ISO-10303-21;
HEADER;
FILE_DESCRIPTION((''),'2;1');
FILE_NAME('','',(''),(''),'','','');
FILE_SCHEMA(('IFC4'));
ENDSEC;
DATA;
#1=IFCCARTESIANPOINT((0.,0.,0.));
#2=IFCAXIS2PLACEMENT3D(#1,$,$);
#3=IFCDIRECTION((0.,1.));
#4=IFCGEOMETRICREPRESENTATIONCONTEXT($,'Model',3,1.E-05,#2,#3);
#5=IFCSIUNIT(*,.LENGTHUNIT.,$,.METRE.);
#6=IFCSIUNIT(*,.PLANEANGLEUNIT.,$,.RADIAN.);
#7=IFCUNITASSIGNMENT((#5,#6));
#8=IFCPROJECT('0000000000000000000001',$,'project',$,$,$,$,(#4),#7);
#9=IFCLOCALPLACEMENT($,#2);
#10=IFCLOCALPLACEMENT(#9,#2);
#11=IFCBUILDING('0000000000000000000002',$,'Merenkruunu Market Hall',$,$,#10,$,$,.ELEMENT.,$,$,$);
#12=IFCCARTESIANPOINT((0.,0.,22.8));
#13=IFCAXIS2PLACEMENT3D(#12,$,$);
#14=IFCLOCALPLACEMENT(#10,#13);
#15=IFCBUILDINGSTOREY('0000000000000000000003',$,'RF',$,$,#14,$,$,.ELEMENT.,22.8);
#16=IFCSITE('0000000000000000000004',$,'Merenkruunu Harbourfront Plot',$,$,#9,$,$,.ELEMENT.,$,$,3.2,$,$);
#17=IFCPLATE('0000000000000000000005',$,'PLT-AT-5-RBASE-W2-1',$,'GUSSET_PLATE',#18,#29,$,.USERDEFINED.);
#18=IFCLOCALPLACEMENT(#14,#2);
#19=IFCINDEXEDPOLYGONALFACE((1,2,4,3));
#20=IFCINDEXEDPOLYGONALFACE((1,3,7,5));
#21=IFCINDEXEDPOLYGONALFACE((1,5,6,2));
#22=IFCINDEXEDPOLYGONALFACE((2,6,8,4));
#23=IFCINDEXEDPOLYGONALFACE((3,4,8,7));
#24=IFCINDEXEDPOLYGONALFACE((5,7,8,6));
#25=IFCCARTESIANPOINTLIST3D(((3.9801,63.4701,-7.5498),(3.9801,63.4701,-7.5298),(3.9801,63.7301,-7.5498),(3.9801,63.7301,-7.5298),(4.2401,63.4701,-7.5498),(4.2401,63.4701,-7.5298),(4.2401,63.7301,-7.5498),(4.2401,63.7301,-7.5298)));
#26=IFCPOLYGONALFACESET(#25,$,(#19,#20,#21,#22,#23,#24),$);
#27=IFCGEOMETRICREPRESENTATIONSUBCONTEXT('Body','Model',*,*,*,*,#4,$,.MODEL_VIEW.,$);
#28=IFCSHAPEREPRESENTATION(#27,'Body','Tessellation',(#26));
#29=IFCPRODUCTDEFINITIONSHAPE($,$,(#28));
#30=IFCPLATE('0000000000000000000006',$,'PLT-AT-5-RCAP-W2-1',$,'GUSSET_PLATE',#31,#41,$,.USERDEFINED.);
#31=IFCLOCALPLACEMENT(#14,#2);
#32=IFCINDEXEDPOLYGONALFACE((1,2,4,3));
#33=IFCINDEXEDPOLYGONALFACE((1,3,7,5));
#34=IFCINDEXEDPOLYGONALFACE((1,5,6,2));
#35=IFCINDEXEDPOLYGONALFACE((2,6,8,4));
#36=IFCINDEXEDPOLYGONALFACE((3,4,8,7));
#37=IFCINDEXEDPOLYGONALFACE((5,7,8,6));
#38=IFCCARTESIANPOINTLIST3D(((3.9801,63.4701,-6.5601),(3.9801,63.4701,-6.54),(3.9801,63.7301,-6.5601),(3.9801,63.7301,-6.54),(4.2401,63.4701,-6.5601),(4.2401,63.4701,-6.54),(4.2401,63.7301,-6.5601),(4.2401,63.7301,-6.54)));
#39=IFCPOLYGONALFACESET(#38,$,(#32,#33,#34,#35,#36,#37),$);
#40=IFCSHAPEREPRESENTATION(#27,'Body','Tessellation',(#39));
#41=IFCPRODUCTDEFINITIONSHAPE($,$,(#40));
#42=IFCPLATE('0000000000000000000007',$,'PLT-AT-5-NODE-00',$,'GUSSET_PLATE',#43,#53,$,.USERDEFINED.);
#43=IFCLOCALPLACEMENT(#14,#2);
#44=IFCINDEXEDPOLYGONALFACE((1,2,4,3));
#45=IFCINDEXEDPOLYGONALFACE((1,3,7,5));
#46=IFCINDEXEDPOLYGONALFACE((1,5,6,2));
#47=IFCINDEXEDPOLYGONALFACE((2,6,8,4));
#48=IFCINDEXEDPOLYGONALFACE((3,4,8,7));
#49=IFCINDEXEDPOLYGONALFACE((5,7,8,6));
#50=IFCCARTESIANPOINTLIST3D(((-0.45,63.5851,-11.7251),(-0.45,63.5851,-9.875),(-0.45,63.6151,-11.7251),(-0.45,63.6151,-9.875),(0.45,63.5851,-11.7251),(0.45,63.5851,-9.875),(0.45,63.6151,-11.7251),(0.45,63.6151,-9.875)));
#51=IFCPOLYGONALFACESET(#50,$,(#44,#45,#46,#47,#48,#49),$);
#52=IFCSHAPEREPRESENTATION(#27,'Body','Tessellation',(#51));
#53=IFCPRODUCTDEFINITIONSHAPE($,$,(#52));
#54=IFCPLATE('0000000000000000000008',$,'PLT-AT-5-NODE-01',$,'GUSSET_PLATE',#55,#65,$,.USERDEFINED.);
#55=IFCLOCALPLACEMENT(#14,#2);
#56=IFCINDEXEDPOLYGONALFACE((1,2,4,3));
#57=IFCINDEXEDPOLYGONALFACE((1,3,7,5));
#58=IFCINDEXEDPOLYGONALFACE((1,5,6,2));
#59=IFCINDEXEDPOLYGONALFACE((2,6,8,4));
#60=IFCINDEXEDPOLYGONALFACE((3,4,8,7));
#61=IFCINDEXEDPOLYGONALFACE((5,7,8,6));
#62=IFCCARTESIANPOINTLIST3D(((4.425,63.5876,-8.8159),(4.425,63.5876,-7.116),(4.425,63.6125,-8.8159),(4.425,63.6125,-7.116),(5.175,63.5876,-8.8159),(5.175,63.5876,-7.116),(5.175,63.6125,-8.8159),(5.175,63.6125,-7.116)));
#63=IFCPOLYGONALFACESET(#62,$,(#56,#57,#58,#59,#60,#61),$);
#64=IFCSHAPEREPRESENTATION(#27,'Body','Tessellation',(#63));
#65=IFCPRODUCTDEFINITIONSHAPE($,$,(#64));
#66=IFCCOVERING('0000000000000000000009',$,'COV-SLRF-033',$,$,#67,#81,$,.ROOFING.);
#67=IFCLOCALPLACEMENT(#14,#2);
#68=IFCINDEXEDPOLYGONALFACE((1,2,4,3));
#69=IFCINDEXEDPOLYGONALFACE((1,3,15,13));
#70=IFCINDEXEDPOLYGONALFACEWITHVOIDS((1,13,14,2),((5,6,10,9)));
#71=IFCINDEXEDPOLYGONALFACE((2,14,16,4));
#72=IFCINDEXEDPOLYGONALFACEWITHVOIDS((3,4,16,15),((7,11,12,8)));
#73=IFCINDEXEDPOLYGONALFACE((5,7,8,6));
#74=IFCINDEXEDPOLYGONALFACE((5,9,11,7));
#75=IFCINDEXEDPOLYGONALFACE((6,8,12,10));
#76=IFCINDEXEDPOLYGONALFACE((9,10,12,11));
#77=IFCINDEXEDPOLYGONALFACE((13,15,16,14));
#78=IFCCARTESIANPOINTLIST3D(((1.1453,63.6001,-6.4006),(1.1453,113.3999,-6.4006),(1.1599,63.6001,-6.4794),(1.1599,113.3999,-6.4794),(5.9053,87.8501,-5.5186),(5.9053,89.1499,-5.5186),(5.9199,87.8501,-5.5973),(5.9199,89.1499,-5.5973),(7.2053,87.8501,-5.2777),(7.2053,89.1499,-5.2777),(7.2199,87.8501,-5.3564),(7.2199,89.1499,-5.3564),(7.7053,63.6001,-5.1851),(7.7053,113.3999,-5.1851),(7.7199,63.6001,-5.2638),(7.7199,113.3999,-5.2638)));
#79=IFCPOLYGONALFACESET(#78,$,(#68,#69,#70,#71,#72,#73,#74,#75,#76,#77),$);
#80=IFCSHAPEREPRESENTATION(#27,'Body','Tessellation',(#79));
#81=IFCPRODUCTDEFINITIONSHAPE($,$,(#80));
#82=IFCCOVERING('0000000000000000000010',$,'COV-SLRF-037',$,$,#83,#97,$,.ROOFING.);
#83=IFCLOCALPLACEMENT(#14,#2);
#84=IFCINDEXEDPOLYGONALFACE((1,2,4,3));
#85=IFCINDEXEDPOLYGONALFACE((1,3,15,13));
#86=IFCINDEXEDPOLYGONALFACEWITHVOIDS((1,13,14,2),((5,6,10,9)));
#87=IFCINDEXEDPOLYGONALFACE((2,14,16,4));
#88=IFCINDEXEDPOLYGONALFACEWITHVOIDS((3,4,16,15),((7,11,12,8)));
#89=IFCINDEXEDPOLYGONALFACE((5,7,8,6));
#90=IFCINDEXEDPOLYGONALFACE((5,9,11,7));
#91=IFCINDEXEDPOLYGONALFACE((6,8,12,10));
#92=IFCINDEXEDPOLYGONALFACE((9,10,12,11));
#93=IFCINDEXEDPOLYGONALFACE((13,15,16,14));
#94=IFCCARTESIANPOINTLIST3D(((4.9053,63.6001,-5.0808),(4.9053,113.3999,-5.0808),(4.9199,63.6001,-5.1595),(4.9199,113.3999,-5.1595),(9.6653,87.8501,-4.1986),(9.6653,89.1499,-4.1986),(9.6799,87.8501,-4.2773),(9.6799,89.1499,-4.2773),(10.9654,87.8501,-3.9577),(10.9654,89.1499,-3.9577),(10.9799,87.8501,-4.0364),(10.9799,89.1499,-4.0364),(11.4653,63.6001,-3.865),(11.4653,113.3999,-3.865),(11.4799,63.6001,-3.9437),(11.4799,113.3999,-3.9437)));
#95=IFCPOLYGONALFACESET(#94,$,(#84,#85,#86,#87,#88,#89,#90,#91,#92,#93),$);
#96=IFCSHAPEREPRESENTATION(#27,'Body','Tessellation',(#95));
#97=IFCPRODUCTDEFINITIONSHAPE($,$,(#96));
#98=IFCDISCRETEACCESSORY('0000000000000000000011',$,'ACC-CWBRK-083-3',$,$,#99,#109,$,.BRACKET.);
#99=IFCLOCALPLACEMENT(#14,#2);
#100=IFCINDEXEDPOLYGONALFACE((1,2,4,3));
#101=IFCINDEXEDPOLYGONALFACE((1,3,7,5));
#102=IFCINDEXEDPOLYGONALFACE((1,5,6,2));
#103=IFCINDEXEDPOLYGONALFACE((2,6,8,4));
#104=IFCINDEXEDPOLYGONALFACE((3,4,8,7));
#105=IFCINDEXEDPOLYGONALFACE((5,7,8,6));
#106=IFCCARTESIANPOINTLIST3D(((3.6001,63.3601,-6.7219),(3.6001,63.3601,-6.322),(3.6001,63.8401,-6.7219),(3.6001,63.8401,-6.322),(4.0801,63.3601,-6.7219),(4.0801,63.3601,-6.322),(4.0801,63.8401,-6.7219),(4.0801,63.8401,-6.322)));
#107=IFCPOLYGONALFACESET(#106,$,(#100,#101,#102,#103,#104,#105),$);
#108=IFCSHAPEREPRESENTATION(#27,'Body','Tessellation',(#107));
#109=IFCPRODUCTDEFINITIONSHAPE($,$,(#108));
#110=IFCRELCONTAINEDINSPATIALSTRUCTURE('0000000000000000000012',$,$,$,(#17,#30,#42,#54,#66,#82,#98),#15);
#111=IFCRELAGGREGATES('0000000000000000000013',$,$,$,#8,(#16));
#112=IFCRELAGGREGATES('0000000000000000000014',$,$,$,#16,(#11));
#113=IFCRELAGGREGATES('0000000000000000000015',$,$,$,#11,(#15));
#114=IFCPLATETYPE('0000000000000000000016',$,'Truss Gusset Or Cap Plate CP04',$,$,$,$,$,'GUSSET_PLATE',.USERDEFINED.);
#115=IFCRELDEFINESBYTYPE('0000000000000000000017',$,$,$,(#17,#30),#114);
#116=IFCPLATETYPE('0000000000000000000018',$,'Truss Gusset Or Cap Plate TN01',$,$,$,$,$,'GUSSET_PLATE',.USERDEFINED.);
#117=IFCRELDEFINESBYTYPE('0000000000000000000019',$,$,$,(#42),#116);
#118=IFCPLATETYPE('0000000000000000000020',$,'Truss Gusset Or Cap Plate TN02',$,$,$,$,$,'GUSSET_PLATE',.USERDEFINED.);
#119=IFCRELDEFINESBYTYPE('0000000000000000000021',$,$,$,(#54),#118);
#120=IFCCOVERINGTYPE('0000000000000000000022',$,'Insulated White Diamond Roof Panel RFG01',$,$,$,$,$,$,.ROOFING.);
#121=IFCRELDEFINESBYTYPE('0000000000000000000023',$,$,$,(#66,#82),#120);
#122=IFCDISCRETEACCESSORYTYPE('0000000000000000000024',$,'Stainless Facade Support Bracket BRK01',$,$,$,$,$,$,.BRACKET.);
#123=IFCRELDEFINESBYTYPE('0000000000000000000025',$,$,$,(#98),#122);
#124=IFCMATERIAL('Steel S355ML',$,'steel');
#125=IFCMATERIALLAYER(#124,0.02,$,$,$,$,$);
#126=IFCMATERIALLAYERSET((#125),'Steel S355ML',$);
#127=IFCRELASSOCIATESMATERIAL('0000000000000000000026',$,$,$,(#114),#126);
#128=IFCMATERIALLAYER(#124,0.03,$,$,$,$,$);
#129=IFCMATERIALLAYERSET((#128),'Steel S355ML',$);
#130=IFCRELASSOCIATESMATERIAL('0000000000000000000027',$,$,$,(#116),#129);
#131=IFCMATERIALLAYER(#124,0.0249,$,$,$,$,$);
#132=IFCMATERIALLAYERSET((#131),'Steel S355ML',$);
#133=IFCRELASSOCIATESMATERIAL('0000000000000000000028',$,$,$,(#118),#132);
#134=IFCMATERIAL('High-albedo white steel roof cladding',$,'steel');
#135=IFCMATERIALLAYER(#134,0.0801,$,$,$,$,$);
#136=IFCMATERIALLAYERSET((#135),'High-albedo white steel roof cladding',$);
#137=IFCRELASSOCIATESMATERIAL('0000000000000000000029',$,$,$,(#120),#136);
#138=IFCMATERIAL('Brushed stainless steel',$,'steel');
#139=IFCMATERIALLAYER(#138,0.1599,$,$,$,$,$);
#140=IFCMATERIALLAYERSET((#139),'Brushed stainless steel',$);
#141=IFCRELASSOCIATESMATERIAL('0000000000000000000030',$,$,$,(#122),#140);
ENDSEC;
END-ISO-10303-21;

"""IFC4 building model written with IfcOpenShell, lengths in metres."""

from ifc_helpers import new_model, si_unit, direction, frame, origin, origin_2d, place, context, subcontext, project, spatial, polyline, rectangle, outline, extrude, material, layer, layer_set, type_object, element, save


model = new_model("IFC4")

# Units and contexts
model_context = context("Model", 3, precision=1e-05, world=origin(), true_north=direction((0.0, 1.0)))
body_context = subcontext(model_context, "Body", "Model", "MODEL_VIEW")
ifc_project = project(units=[si_unit("LENGTHUNIT", "METRE"), si_unit("PLANEANGLEUNIT", "RADIAN")], contexts=[model_context])

# Site, building, storey
site_placement = place(None, origin())
site = spatial("IfcSite", under=ifc_project, at=site_placement, Name="Merenkruunu Harbourfront Plot", CompositionType="ELEMENT", RefElevation=3.2)
building_placement = place(site_placement, origin())
building = spatial("IfcBuilding", under=site, at=building_placement, Name="Merenkruunu Market Hall", CompositionType="ELEMENT")
storey_placement = place(building_placement, frame((0.0, 0.0, 22.8)))
storey = spatial("IfcBuildingStorey", under=building, at=storey_placement, Name="RF", CompositionType="ELEMENT", Elevation=22.8)

# Shared definitions
ifc_material_1 = material(Name="Steel S355ML", Category="steel")

# Plates
ifc_layer_1 = layer(ifc_material_1, 0.02)
ifc_layer_set_1 = layer_set([ifc_layer_1], Name="Steel S355ML")
plate_type_1 = type_object("IfcPlateType", Name="Truss Gusset Or Cap Plate CP04", ElementType="GUSSET_PLATE", PredefinedType="USERDEFINED", material=ifc_layer_set_1)
for number, where, z_axis, x_axis, name in (
    (1, (4.1101, 63.6001, -7.5498), (0.0, 0.0, 1.0), (1.0, 0.0, 0.0), "PLT-AT-5-RBASE-W2-1"),
    (2, (4.1101, 63.6001, -6.5601), (0.0, 0.0, 1.0), (1.0, 0.0, 0.0), "PLT-AT-5-RCAP-W2-1"),
):
    element("IfcPlate", number, at=place(storey_placement, frame(where, z_axis=z_axis, x_axis=x_axis)), inside=storey, type_object=plate_type_1, Name=name, ObjectType="GUSSET_PLATE", PredefinedType="USERDEFINED", context=body_context, shape_type="SweptSolid", body=[
        extrude(rectangle(XDim=0.26, YDim=0.26, at=origin_2d()), origin(), (0.0, 0.0, 1.0), 0.02),
    ])
ifc_layer_2 = layer(ifc_material_1, 0.03)
ifc_layer_set_2 = layer_set([ifc_layer_2], Name="Steel S355ML")
plate_type_2 = type_object("IfcPlateType", Name="Truss Gusset Or Cap Plate TN01", ElementType="GUSSET_PLATE", PredefinedType="USERDEFINED", material=ifc_layer_set_2)
plate_1_placement = place(storey_placement, frame((0.0, 63.6001, -11.7251), z_axis=(0.0, 0.0, 1.0), x_axis=(1.0, 0.0, 0.0)))
element("IfcPlate", 3, at=plate_1_placement, inside=storey, type_object=plate_type_2, Name="PLT-AT-5-NODE-00", ObjectType="GUSSET_PLATE", PredefinedType="USERDEFINED", context=body_context, shape_type="SweptSolid", body=[
    extrude(rectangle(XDim=0.8999, YDim=0.03, at=origin_2d()), origin(), (0.0, 0.0, 1.0), 1.8501),
])
ifc_layer_3 = layer(ifc_material_1, 0.0249)
ifc_layer_set_3 = layer_set([ifc_layer_3], Name="Steel S355ML")
plate_type_3 = type_object("IfcPlateType", Name="Truss Gusset Or Cap Plate TN02", ElementType="GUSSET_PLATE", PredefinedType="USERDEFINED", material=ifc_layer_set_3)
plate_2_placement = place(storey_placement, frame((4.8, 63.6001, -8.8159), z_axis=(0.0, 0.0, 1.0), x_axis=(1.0, 0.0, 0.0)))
element("IfcPlate", 4, at=plate_2_placement, inside=storey, type_object=plate_type_3, Name="PLT-AT-5-NODE-01", ObjectType="GUSSET_PLATE", PredefinedType="USERDEFINED", context=body_context, shape_type="SweptSolid", body=[
    extrude(rectangle(XDim=0.75, YDim=0.0249, at=origin_2d()), origin(), (0.0, 0.0, 1.0), 1.7),
])

# Coverings
ifc_material_2 = material(Name="High-albedo white steel roof cladding", Category="steel")
ifc_layer_4 = layer(ifc_material_2, 0.0801)
ifc_layer_set_4 = layer_set([ifc_layer_4], Name="High-albedo white steel roof cladding")
covering_type = type_object("IfcCoveringType", Name="Insulated White Diamond Roof Panel RFG01", PredefinedType="ROOFING", material=ifc_layer_set_4)
covering_1_placement = place(storey_placement, frame((1.1453, 63.6001, -6.4006), z_axis=(-0.182198, 0.0, 0.983262), x_axis=(0.983262, 0.0, 0.182198)))
element("IfcCovering", 5, at=covering_1_placement, inside=storey, type_object=covering_type, Name="COV-SLRF-033", PredefinedType="ROOFING", context=body_context, shape_type="SweptSolid", body=[
    extrude(outline(polyline([(0.0, 0.0), (6.6717, 0.0), (6.6717, 49.7998), (0.0, 49.7998), (0.0, 0.0)]), holes=[polyline([(4.841, 24.25), (6.1632, 24.25), (6.1632, 25.5498), (4.841, 25.5498), (4.841, 24.25)])]), origin(), (0.0, 0.0, -1.0), 0.0801),
])
covering_2_placement = place(storey_placement, frame((4.9053, 63.6001, -5.0808), z_axis=(-0.182233, 0.0, 0.983255), x_axis=(0.983255, 0.0, 0.182233)))
element("IfcCovering", 6, at=covering_2_placement, inside=storey, type_object=covering_type, Name="COV-SLRF-037", PredefinedType="ROOFING", context=body_context, shape_type="SweptSolid", body=[
    extrude(outline(polyline([(0.0, 0.0), (6.6718, 0.0), (6.6718, 49.7998), (0.0, 49.7998), (0.0, 0.0)]), holes=[polyline([(4.8411, 24.25), (6.1633, 24.25), (6.1633, 25.5498), (4.8411, 25.5498), (4.8411, 24.25)])]), origin(), (0.0, 0.0, -1.0), 0.0801),
])

# Discrete accessory
ifc_material_3 = material(Name="Brushed stainless steel", Category="steel")
ifc_layer_5 = layer(ifc_material_3, 0.1599)
ifc_layer_set_5 = layer_set([ifc_layer_5], Name="Brushed stainless steel")
discrete_accessory_type = type_object("IfcDiscreteAccessoryType", Name="Stainless Facade Support Bracket BRK01", PredefinedType="BRACKET", material=ifc_layer_set_5)
discrete_accessory_placement = place(storey_placement, frame((3.8401, 63.6001, -6.7219), z_axis=(0.0, 0.0, 1.0), x_axis=(1.0, 0.0, 0.0)))
element("IfcDiscreteAccessory", 7, at=discrete_accessory_placement, inside=storey, type_object=discrete_accessory_type, Name="ACC-CWBRK-083-3", PredefinedType="BRACKET", context=body_context, shape_type="SweptSolid", body=[
    extrude(rectangle(XDim=0.48, YDim=0.48, at=origin_2d()), origin(), (0.0, 0.0, 1.0), 0.3999),
])

save(model, "model.ifc")
